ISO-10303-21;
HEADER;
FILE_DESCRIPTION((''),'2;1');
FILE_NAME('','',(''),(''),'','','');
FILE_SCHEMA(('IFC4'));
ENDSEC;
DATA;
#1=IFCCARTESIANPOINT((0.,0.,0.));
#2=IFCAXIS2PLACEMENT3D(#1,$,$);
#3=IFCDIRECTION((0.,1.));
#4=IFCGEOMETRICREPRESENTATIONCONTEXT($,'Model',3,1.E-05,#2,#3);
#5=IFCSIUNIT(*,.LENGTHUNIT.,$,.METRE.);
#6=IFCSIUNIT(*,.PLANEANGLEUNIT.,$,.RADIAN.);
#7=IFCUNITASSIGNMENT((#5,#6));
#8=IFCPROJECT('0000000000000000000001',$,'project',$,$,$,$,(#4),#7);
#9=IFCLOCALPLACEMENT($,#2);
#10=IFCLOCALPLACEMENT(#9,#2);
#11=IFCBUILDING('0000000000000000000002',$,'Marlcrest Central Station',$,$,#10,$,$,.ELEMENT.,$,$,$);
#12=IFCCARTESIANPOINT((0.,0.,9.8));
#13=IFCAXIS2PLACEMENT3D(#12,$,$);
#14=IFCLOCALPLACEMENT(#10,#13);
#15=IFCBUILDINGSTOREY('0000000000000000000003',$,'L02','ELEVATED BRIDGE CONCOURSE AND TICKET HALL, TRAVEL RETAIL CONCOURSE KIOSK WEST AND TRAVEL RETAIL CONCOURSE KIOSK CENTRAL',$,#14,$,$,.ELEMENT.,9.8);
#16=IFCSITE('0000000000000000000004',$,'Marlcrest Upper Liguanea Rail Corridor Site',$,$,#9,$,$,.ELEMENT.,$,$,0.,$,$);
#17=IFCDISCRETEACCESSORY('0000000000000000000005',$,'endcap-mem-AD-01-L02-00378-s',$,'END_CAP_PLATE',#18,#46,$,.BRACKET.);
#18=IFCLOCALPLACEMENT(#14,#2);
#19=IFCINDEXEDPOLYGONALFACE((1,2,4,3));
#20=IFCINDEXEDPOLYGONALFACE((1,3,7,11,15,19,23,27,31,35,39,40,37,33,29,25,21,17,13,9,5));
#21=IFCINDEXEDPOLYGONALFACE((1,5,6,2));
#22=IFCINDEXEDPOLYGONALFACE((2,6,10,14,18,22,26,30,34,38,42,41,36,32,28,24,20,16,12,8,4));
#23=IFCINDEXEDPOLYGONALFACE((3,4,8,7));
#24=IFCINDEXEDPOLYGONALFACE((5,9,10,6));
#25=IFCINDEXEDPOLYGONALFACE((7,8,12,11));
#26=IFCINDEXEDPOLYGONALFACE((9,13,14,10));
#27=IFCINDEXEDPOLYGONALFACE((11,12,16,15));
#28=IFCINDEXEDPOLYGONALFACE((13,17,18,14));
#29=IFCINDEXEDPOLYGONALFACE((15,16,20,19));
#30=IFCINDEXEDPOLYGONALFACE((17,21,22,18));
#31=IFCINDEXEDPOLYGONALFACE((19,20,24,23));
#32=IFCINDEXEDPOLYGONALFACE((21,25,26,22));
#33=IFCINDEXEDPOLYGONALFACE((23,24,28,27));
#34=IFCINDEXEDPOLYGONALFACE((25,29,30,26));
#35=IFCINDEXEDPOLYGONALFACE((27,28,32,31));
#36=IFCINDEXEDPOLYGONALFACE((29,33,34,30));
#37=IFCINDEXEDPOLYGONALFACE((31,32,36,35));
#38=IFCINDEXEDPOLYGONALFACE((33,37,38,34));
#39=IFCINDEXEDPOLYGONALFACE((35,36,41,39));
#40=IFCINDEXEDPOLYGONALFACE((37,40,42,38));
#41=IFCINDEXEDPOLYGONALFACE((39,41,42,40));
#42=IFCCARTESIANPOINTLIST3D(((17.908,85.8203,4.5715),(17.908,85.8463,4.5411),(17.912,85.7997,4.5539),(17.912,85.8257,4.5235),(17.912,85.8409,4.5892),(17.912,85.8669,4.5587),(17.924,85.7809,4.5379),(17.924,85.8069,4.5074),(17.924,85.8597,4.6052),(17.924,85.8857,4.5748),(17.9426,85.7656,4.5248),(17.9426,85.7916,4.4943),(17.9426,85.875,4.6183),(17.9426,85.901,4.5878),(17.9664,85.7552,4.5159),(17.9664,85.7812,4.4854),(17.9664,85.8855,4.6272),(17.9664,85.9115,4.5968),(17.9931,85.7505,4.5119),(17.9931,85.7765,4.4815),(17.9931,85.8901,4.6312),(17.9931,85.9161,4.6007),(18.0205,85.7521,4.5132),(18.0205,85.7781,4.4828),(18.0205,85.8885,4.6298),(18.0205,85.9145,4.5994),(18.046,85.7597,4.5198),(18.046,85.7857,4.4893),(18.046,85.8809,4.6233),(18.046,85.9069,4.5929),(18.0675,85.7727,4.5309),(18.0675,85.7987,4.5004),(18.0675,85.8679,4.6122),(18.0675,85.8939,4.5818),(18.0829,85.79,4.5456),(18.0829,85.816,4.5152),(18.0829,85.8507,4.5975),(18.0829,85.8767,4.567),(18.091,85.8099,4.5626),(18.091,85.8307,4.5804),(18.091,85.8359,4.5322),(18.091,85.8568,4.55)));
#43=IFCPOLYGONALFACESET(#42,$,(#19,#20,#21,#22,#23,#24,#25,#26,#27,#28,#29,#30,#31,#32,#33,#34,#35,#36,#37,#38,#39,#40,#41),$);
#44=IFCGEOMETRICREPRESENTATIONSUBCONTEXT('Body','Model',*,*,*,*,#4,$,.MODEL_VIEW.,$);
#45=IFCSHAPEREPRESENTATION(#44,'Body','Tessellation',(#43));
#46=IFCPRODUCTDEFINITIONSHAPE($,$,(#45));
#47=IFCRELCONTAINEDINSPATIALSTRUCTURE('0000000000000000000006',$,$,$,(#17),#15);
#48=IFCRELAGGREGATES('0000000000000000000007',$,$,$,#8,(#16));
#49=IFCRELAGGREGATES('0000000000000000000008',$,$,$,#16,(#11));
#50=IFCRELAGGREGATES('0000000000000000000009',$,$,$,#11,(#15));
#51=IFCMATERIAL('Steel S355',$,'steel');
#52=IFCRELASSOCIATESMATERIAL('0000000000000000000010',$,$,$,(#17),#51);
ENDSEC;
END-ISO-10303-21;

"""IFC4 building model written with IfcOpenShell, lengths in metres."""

from ifc_helpers import new_model, si_unit, direction, frame, origin, origin_2d, place, context, subcontext, project, spatial, circle, extrude, material, element, save


model = new_model("IFC4")

# Units and contexts
model_context = context("Model", 3, precision=1e-05, world=origin(), true_north=direction((0.0, 1.0)))
body_context = subcontext(model_context, "Body", "Model", "MODEL_VIEW")
ifc_project = project(units=[si_unit("LENGTHUNIT", "METRE"), si_unit("PLANEANGLEUNIT", "RADIAN")], contexts=[model_context])

# Site, building, storey
site_placement = place(None, origin())
site = spatial("IfcSite", under=ifc_project, at=site_placement, Name="Marlcrest Upper Liguanea Rail Corridor Site", CompositionType="ELEMENT", RefElevation=0.0)
building_placement = place(site_placement, origin())
building = spatial("IfcBuilding", under=site, at=building_placement, Name="Marlcrest Central Station", CompositionType="ELEMENT")
storey_placement = place(building_placement, frame((0.0, 0.0, 9.8)))
storey = spatial("IfcBuildingStorey", under=building, at=storey_placement, Name="L02", Description="ELEVATED BRIDGE CONCOURSE AND TICKET HALL, TRAVEL RETAIL CONCOURSE KIOSK WEST AND TRAVEL RETAIL CONCOURSE KIOSK CENTRAL", CompositionType="ELEMENT", Elevation=9.8)

# Shared definitions
ifc_material = material(Name="Steel S355", Category="steel")

# Discrete accessory
discrete_accessory_1_placement = place(storey_placement, frame((18.0, 85.8203, 4.5715), z_axis=(0.0, 0.649625, -0.760255), x_axis=(-1.0, 0.0, 0.0)))
element("IfcDiscreteAccessory", 1, at=discrete_accessory_1_placement, inside=storey, material=ifc_material, Name="endcap-mem-AD-01-L02-00378-s", ObjectType="END_CAP_PLATE", PredefinedType="BRACKET", context=body_context, shape_type="SweptSolid", body=[
    extrude(circle(Radius=0.092, at=origin_2d()), origin(), (0.0, 0.0, 1.0), 0.04),
])

save(model, "model.ifc")
